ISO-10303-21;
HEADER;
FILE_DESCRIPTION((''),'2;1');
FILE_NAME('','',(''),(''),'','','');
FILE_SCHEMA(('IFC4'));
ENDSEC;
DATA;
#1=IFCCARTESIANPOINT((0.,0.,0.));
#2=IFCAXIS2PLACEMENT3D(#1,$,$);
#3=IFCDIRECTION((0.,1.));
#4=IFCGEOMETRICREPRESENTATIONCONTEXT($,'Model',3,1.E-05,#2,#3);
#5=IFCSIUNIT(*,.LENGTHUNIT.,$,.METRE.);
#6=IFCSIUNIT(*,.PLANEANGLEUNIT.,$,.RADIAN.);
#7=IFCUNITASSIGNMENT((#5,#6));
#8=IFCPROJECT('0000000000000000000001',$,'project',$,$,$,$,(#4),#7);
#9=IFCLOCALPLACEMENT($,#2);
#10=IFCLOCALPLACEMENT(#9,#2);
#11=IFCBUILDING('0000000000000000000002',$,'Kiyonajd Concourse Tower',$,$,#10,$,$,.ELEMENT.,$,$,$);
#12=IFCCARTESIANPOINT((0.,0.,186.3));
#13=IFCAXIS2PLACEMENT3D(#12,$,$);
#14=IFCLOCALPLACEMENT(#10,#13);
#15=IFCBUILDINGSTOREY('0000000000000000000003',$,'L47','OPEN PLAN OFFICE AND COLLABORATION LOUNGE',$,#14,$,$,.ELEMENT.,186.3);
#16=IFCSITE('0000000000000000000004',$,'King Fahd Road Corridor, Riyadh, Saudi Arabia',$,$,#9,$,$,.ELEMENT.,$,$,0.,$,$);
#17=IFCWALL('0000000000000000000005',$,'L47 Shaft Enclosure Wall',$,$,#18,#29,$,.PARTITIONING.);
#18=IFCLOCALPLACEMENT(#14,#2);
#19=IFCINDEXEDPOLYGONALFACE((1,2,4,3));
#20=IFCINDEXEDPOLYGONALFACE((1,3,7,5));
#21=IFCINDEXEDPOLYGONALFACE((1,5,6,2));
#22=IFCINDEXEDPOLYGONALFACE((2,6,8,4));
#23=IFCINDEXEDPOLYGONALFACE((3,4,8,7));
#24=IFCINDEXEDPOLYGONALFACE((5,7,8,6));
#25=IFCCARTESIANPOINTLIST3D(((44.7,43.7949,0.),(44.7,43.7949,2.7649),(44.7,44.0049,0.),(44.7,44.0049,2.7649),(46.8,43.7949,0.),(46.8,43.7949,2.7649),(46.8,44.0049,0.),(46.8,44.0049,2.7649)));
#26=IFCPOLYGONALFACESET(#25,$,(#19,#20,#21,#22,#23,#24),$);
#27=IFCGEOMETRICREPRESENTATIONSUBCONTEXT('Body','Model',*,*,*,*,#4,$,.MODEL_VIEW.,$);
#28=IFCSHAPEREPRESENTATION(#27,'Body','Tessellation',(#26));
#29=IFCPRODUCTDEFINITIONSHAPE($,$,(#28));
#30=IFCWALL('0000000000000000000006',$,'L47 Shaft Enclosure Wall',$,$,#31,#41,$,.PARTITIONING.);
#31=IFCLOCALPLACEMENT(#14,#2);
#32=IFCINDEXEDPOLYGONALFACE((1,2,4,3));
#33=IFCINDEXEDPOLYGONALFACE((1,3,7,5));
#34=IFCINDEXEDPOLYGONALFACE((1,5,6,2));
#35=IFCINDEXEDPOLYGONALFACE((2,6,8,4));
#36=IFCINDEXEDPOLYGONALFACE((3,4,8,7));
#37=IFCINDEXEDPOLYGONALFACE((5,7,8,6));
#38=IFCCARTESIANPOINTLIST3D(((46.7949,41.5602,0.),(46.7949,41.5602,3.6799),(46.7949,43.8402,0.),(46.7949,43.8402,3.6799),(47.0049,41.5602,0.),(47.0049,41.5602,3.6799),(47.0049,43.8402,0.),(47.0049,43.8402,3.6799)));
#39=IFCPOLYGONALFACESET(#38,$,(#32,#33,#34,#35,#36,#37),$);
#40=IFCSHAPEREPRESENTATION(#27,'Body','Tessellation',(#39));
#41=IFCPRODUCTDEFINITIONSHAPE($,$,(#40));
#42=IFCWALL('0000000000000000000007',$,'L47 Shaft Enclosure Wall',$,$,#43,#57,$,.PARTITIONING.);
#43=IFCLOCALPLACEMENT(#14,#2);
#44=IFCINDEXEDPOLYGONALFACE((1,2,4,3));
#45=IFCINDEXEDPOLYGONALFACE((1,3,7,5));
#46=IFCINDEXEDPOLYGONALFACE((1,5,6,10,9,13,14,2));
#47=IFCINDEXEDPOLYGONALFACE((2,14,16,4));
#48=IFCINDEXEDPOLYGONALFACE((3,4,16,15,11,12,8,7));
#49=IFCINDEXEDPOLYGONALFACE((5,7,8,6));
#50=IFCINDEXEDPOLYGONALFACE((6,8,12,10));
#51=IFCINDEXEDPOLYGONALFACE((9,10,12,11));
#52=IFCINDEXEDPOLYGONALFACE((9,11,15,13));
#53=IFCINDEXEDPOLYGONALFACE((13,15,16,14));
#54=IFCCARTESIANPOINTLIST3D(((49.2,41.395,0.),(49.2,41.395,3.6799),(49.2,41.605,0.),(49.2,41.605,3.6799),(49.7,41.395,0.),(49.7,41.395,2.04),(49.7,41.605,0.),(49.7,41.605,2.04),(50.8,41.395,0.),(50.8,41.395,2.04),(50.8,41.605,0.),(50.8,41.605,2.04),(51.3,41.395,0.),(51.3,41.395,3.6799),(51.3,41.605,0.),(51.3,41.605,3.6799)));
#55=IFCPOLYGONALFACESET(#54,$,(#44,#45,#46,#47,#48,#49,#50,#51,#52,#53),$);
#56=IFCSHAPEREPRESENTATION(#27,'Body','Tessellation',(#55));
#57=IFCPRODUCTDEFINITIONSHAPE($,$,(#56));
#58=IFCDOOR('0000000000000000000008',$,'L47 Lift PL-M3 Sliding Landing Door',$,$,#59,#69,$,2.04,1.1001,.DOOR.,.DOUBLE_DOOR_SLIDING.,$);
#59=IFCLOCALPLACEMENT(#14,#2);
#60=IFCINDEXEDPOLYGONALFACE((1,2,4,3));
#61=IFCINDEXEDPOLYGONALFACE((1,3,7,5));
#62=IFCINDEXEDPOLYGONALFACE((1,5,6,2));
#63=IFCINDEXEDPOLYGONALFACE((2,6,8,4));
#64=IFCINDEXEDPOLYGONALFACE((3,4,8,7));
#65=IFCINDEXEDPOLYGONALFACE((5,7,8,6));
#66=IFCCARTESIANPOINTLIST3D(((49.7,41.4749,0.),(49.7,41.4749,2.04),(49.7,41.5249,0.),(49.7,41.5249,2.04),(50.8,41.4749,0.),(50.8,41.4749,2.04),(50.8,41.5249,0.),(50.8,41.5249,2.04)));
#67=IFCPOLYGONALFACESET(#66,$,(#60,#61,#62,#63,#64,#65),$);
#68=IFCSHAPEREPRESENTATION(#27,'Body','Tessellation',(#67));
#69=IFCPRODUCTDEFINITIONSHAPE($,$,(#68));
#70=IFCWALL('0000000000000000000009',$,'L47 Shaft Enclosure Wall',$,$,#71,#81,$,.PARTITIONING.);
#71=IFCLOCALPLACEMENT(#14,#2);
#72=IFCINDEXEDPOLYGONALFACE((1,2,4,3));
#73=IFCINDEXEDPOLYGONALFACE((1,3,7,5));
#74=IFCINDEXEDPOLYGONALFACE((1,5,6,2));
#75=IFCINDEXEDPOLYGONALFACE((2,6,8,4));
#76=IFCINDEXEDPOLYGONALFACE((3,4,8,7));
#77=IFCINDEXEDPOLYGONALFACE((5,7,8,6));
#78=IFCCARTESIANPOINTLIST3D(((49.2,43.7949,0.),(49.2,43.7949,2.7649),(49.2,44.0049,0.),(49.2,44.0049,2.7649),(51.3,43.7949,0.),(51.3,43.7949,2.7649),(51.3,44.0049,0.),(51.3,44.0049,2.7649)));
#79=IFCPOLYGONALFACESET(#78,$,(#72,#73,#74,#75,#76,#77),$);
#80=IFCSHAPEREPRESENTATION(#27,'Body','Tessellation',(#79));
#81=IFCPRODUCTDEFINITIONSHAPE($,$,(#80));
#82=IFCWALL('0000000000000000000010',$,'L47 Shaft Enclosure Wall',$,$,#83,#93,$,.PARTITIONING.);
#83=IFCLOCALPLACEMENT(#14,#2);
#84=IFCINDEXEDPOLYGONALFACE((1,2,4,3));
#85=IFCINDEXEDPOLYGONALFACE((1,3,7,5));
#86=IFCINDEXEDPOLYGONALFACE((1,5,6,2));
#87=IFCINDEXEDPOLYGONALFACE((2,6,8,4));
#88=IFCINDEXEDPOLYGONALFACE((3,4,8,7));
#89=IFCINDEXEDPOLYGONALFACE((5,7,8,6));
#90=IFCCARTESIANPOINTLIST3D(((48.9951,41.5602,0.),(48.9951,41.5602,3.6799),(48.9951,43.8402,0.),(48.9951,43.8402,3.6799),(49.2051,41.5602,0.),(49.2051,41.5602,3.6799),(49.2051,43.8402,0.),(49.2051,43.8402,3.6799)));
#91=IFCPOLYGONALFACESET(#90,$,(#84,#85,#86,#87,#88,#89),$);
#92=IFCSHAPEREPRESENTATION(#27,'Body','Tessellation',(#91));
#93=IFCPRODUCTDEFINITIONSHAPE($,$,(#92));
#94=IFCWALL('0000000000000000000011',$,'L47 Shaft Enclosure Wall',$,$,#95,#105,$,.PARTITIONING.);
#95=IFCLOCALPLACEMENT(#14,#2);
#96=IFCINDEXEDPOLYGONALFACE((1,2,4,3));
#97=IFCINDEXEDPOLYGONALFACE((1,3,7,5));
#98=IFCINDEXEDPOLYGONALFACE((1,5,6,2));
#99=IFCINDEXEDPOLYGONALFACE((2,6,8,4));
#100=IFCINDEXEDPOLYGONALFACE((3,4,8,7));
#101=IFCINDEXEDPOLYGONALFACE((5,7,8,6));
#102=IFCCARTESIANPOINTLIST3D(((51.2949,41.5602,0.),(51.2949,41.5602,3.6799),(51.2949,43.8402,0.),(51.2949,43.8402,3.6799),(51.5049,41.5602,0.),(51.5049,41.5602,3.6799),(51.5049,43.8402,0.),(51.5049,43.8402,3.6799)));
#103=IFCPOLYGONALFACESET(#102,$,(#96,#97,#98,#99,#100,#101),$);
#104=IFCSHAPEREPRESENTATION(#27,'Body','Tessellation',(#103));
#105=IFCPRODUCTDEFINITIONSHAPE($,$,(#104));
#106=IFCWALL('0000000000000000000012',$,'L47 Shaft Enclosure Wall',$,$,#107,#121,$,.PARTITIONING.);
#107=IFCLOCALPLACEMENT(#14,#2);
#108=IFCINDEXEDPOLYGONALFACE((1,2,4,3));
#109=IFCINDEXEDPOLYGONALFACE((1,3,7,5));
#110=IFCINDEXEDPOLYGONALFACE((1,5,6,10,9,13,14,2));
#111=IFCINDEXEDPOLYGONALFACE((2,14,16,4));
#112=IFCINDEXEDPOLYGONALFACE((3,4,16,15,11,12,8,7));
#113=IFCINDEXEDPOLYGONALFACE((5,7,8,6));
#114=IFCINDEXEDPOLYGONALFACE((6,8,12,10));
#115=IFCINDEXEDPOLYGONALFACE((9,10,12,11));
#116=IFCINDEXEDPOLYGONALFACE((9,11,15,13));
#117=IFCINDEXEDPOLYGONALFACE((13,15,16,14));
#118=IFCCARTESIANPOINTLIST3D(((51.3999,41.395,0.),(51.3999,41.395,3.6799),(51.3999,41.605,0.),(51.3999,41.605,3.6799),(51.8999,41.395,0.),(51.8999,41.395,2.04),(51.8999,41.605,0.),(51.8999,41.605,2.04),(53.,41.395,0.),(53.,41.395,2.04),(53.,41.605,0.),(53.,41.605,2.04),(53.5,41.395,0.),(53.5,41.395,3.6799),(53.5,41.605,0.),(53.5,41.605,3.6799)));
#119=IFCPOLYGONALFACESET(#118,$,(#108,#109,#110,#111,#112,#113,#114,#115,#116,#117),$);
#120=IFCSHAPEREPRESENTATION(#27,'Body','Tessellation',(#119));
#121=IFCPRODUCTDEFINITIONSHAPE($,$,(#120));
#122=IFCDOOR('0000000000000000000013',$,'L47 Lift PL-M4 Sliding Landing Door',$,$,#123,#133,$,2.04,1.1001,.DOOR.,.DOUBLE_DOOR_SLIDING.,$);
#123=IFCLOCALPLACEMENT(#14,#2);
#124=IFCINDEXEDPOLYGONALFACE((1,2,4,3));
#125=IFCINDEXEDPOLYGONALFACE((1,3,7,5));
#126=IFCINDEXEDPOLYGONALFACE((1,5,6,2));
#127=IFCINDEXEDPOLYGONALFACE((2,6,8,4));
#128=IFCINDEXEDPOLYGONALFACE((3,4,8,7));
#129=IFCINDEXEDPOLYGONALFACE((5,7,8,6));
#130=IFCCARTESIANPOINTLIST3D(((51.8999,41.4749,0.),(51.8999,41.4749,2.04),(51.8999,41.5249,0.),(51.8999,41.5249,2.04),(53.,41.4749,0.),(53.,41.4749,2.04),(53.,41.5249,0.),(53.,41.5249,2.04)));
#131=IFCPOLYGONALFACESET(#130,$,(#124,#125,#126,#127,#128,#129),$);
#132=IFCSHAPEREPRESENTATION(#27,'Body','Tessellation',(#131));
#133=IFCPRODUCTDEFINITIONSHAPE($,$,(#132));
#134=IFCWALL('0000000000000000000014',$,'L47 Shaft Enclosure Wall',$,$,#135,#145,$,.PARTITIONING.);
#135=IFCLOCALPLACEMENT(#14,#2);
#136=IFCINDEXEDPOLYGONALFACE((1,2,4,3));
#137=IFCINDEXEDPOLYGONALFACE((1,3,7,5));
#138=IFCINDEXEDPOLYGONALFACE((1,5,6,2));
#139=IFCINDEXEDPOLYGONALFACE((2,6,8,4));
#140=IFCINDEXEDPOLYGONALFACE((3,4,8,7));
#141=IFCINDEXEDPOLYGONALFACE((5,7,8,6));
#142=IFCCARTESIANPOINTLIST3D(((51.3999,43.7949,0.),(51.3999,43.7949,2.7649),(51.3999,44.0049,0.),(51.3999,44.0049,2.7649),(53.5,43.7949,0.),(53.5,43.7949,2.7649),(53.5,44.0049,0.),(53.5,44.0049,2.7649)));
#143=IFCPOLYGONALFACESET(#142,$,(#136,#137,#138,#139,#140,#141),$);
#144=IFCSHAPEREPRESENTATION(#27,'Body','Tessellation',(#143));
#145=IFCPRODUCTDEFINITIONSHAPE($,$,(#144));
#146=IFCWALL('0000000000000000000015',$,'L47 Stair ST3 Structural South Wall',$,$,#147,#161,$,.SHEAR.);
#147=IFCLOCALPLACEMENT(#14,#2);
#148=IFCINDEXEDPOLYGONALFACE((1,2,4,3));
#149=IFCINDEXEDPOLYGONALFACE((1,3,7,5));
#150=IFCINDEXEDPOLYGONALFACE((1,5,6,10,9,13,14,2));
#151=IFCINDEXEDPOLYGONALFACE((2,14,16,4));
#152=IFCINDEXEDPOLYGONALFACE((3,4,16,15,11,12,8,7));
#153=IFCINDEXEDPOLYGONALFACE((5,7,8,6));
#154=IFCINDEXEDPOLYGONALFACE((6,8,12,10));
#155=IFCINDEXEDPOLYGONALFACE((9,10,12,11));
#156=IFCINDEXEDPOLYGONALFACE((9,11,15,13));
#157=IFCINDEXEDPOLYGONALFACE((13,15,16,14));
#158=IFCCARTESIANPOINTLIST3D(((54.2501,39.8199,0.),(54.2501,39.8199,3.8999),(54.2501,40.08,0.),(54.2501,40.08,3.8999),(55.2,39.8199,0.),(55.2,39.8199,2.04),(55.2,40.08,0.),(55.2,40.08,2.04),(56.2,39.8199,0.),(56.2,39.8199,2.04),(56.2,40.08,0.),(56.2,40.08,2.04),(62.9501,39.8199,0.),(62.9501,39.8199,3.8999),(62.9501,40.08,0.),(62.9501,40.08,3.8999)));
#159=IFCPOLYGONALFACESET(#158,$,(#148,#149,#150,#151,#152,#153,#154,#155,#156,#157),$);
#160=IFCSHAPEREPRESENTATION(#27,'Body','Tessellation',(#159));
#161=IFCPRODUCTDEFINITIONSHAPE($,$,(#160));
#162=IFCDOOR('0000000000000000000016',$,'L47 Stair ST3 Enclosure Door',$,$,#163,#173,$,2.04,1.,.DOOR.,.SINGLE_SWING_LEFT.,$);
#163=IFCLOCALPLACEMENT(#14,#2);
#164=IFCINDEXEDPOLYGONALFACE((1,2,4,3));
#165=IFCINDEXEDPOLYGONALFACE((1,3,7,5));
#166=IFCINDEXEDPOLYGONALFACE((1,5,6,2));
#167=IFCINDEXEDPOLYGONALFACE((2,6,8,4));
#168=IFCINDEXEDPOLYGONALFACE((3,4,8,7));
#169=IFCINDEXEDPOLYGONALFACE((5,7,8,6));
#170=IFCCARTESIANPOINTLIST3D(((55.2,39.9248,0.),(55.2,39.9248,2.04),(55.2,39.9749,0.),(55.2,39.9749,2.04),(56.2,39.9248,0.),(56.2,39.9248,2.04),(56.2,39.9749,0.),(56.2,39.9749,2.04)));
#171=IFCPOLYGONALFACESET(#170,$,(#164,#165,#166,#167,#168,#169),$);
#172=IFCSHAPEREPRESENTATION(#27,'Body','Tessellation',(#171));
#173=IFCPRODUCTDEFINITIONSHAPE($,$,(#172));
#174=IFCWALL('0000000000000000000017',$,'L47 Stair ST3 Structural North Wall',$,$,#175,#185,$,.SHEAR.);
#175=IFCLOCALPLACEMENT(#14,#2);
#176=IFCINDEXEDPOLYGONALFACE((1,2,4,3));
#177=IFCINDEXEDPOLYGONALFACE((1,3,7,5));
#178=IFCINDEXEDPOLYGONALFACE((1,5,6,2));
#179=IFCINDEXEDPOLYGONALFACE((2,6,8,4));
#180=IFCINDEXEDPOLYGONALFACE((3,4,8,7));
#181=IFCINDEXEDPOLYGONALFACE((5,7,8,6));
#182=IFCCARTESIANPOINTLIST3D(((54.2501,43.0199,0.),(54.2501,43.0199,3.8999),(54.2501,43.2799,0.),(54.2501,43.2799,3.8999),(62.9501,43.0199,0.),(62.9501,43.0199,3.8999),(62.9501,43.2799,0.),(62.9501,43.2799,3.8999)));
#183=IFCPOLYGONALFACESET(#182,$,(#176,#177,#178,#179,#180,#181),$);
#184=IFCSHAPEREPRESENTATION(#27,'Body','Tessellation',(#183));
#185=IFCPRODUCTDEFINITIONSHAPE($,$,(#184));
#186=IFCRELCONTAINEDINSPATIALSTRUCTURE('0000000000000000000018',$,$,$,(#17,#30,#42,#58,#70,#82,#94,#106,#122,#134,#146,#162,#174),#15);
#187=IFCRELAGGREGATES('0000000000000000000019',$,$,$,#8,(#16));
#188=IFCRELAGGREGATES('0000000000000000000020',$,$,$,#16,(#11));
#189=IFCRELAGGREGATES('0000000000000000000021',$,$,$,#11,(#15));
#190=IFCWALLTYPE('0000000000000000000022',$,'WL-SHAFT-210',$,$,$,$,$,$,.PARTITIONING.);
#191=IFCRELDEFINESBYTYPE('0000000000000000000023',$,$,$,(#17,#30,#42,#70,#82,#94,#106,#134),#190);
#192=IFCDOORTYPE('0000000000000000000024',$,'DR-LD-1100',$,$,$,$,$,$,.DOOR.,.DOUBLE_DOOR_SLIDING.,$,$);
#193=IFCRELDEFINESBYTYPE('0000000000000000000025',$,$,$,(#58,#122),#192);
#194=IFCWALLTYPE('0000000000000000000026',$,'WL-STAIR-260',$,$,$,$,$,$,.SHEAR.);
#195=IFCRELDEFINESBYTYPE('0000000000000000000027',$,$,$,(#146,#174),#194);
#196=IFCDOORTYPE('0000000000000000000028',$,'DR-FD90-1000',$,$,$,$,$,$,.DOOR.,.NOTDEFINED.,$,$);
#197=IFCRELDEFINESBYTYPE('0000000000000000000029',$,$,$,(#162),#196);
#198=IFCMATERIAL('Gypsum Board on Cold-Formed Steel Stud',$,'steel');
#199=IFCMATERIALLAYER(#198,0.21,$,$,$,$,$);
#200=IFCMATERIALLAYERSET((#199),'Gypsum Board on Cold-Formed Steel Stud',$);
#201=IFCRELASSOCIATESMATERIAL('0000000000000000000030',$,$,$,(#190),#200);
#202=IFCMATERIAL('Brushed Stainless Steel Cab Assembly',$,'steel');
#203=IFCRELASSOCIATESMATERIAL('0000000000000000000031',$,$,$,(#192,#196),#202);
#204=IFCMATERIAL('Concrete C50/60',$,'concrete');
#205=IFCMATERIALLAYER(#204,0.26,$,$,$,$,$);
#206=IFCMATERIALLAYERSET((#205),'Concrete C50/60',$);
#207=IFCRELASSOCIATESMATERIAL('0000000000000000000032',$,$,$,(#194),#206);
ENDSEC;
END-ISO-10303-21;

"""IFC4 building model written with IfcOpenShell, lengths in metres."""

from ifc_helpers import new_model, si_unit, direction, frame, frame_2d, origin, place, context, subcontext, project, spatial, rectangle, extrude, material, layer, layer_set, type_object, element, fill, save


model = new_model("IFC4")

# Units and contexts
model_context = context("Model", 3, precision=1e-05, world=origin(), true_north=direction((0.0, 1.0)))
body_context = subcontext(model_context, "Body", "Model", "MODEL_VIEW")
ifc_project = project(units=[si_unit("LENGTHUNIT", "METRE"), si_unit("PLANEANGLEUNIT", "RADIAN")], contexts=[model_context])

# Site, building, storey
site_placement = place(None, origin())
site = spatial("IfcSite", under=ifc_project, at=site_placement, Name="King Fahd Road Corridor, Riyadh, Saudi Arabia", CompositionType="ELEMENT", RefElevation=0.0)
building_placement = place(site_placement, origin())
building = spatial("IfcBuilding", under=site, at=building_placement, Name="Kiyonajd Concourse Tower", CompositionType="ELEMENT")
storey_placement = place(building_placement, frame((0.0, 0.0, 186.3)))
storey = spatial("IfcBuildingStorey", under=building, at=storey_placement, Name="L47", Description="OPEN PLAN OFFICE AND COLLABORATION LOUNGE", CompositionType="ELEMENT", Elevation=186.3)

# Shared definitions
ifc_material_1 = material(Name="Concrete C50/60", Category="concrete")

# Shared definitions
ifc_material_2 = material(Name="Gypsum Board on Cold-Formed Steel Stud", Category="steel")
ifc_layer_1 = layer(ifc_material_2, 0.21)
ifc_layer_set_1 = layer_set([ifc_layer_1], Name="Gypsum Board on Cold-Formed Steel Stud")
wall_type_1 = type_object("IfcWallType", Name="WL-SHAFT-210", PredefinedType="PARTITIONING", material=ifc_layer_set_1)

# Shared definitions
ifc_material_3 = material(Name="Brushed Stainless Steel Cab Assembly", Category="steel")
door_type_1 = type_object("IfcDoorType", Name="DR-LD-1100", OperationType="DOUBLE_DOOR_SLIDING", PredefinedType="DOOR", material=ifc_material_3)

# Walls
wall_1_placement = place(storey_placement, frame((44.7, 43.8999, 0.0), z_axis=(0.0, 0.0, 1.0), x_axis=(1.0, 0.0, 0.0)))
element("IfcWall", 1, at=wall_1_placement, inside=storey, type_object=wall_type_1, Name="L47 Shaft Enclosure Wall", PredefinedType="PARTITIONING", context=body_context, shape_type="SweptSolid", body=[
    extrude(rectangle(XDim=2.1001, YDim=0.21, at=frame_2d((1.05, 0.0))), origin(), (0.0, 0.0, 1.0), 2.7649),
])
wall_2_placement = place(storey_placement, frame((46.8999, 41.5601, 0.0), z_axis=(0.0, 0.0, 1.0), x_axis=(0.0, 1.0, 0.0)))
element("IfcWall", 2, at=wall_2_placement, inside=storey, type_object=wall_type_1, Name="L47 Shaft Enclosure Wall", PredefinedType="PARTITIONING", context=body_context, shape_type="SweptSolid", body=[
    extrude(rectangle(XDim=2.28, YDim=0.21, at=frame_2d((1.1401, 0.0))), origin(), (0.0, 0.0, 1.0), 3.6799),
])

# Wall, opening, door
wall_3_placement = place(storey_placement, frame((49.2, 41.5, 0.0), z_axis=(0.0, 0.0, 1.0), x_axis=(1.0, 0.0, 0.0)))
wall_3 = element("IfcWall", 3, at=wall_3_placement, inside=storey, type_object=wall_type_1, Name="L47 Shaft Enclosure Wall", PredefinedType="PARTITIONING", context=body_context, shape_type="SweptSolid", body=[
    extrude(rectangle(XDim=2.1001, YDim=0.21, at=frame_2d((1.05, 0.0))), origin(), (0.0, 0.0, 1.0), 3.6799),
])
opening_1_placement = place(wall_3_placement, frame((0.5, 0.0, 0.0)))
opening_1 = element("IfcOpeningElement", 4, at=opening_1_placement, cuts=wall_3, PredefinedType="OPENING", context=body_context, shape_type="SweptSolid", body=[
    extrude(rectangle(XDim=1.1001, YDim=2.04, at=frame_2d((0.55, 1.02))), frame((0.0, 0.115, 0.0), z_axis=(0.0, -1.0, 0.0), x_axis=(1.0, 0.0, 0.0)), (0.0, 0.0, 1.0), 0.23),
])
door_1_placement = place(opening_1_placement, origin())
door_1 = element("IfcDoor", 5, at=door_1_placement, inside=storey, type_object=door_type_1, Name="L47 Lift PL-M3 Sliding Landing Door", OperationType="DOUBLE_DOOR_SLIDING", OverallHeight=2.04, OverallWidth=1.1001, PredefinedType="DOOR", context=body_context, shape_type="SweptSolid", body=[
    extrude(rectangle(XDim=1.1001, YDim=2.04, at=frame_2d((0.55, 1.02))), frame((0.0, 0.0249, 0.0), z_axis=(0.0, -1.0, 0.0), x_axis=(1.0, 0.0, 0.0)), (0.0, 0.0, 1.0), 0.05),
])
fill(opening_1, door_1)

# Walls
wall_4_placement = place(storey_placement, frame((49.2, 43.8999, 0.0), z_axis=(0.0, 0.0, 1.0), x_axis=(1.0, 0.0, 0.0)))
element("IfcWall", 6, at=wall_4_placement, inside=storey, type_object=wall_type_1, Name="L47 Shaft Enclosure Wall", PredefinedType="PARTITIONING", context=body_context, shape_type="SweptSolid", body=[
    extrude(rectangle(XDim=2.1001, YDim=0.21, at=frame_2d((1.05, 0.0))), origin(), (0.0, 0.0, 1.0), 2.7649),
])
for number, where, z_axis, x_axis, name in (
    (7, (49.1001, 41.5601, 0.0), (0.0, 0.0, 1.0), (0.0, 1.0, 0.0), "L47 Shaft Enclosure Wall"),
    (8, (51.3999, 41.5601, 0.0), (0.0, 0.0, 1.0), (0.0, 1.0, 0.0), "L47 Shaft Enclosure Wall"),
):
    element("IfcWall", number, at=place(storey_placement, frame(where, z_axis=z_axis, x_axis=x_axis)), inside=storey, type_object=wall_type_1, Name=name, PredefinedType="PARTITIONING", context=body_context, shape_type="SweptSolid", body=[
        extrude(rectangle(XDim=2.28, YDim=0.21, at=frame_2d((1.1401, 0.0))), origin(), (0.0, 0.0, 1.0), 3.6799),
    ])

# Wall, opening, door
wall_5_placement = place(storey_placement, frame((51.3999, 41.5, 0.0), z_axis=(0.0, 0.0, 1.0), x_axis=(1.0, 0.0, 0.0)))
wall_5 = element("IfcWall", 9, at=wall_5_placement, inside=storey, type_object=wall_type_1, Name="L47 Shaft Enclosure Wall", PredefinedType="PARTITIONING", context=body_context, shape_type="SweptSolid", body=[
    extrude(rectangle(XDim=2.1001, YDim=0.21, at=frame_2d((1.05, 0.0))), origin(), (0.0, 0.0, 1.0), 3.6799),
])
opening_2_placement = place(wall_5_placement, frame((0.5, 0.0, 0.0)))
opening_2 = element("IfcOpeningElement", 10, at=opening_2_placement, cuts=wall_5, PredefinedType="OPENING", context=body_context, shape_type="SweptSolid", body=[
    extrude(rectangle(XDim=1.1001, YDim=2.04, at=frame_2d((0.55, 1.02))), frame((0.0, 0.115, 0.0), z_axis=(0.0, -1.0, 0.0), x_axis=(1.0, 0.0, 0.0)), (0.0, 0.0, 1.0), 0.23),
])
door_2_placement = place(opening_2_placement, origin())
door_2 = element("IfcDoor", 11, at=door_2_placement, inside=storey, type_object=door_type_1, Name="L47 Lift PL-M4 Sliding Landing Door", OperationType="DOUBLE_DOOR_SLIDING", OverallHeight=2.04, OverallWidth=1.1001, PredefinedType="DOOR", context=body_context, shape_type="SweptSolid", body=[
    extrude(rectangle(XDim=1.1001, YDim=2.04, at=frame_2d((0.55, 1.02))), frame((0.0, 0.0249, 0.0), z_axis=(0.0, -1.0, 0.0), x_axis=(1.0, 0.0, 0.0)), (0.0, 0.0, 1.0), 0.05),
])
fill(opening_2, door_2)

# Wall
wall_6_placement = place(storey_placement, frame((51.3999, 43.8999, 0.0), z_axis=(0.0, 0.0, 1.0), x_axis=(1.0, 0.0, 0.0)))
element("IfcWall", 12, at=wall_6_placement, inside=storey, type_object=wall_type_1, Name="L47 Shaft Enclosure Wall", PredefinedType="PARTITIONING", context=body_context, shape_type="SweptSolid", body=[
    extrude(rectangle(XDim=2.1001, YDim=0.21, at=frame_2d((1.05, 0.0))), origin(), (0.0, 0.0, 1.0), 2.7649),
])

# Wall, opening, door
ifc_layer_2 = layer(ifc_material_1, 0.26)
ifc_layer_set_2 = layer_set([ifc_layer_2], Name="Concrete C50/60")
wall_type_2 = type_object("IfcWallType", Name="WL-STAIR-260", PredefinedType="SHEAR", material=ifc_layer_set_2)
wall_7_placement = place(storey_placement, frame((54.25, 39.95, 0.0), z_axis=(0.0, 0.0, 1.0), x_axis=(1.0, 0.0, 0.0)))
wall_7 = element("IfcWall", 13, at=wall_7_placement, inside=storey, type_object=wall_type_2, Name="L47 Stair ST3 Structural South Wall", PredefinedType="SHEAR", context=body_context, shape_type="SweptSolid", body=[
    extrude(rectangle(XDim=8.7, YDim=0.26, at=frame_2d((4.3501, 0.0))), origin(), (0.0, 0.0, 1.0), 3.8999),
])
opening_3_placement = place(wall_7_placement, frame((0.95, 0.0, 0.0)))
opening_3 = element("IfcOpeningElement", 14, at=opening_3_placement, cuts=wall_7, PredefinedType="OPENING", context=body_context, shape_type="SweptSolid", body=[
    extrude(rectangle(XDim=1.0, YDim=2.04, at=frame_2d((0.5, 1.02))), frame((0.0, 0.1399, 0.0), z_axis=(0.0, -1.0, 0.0), x_axis=(1.0, 0.0, 0.0)), (0.0, 0.0, 1.0), 0.28),
])
door_type_2 = type_object("IfcDoorType", Name="DR-FD90-1000", OperationType="NOTDEFINED", PredefinedType="DOOR", material=ifc_material_3)
door_3_placement = place(opening_3_placement, origin())
door_3 = element("IfcDoor", 15, at=door_3_placement, inside=storey, type_object=door_type_2, Name="L47 Stair ST3 Enclosure Door", OperationType="SINGLE_SWING_LEFT", OverallHeight=2.04, OverallWidth=1.0, PredefinedType="DOOR", context=body_context, shape_type="SweptSolid", body=[
    extrude(rectangle(XDim=1.0, YDim=2.04, at=frame_2d((0.5, 1.02))), frame((0.0, 0.0249, 0.0), z_axis=(0.0, -1.0, 0.0), x_axis=(1.0, 0.0, 0.0)), (0.0, 0.0, 1.0), 0.05),
])
fill(opening_3, door_3)

# Wall
wall_8_placement = place(storey_placement, frame((54.25, 43.1499, 0.0), z_axis=(0.0, 0.0, 1.0), x_axis=(1.0, 0.0, 0.0)))
element("IfcWall", 16, at=wall_8_placement, inside=storey, type_object=wall_type_2, Name="L47 Stair ST3 Structural North Wall", PredefinedType="SHEAR", context=body_context, shape_type="SweptSolid", body=[
    extrude(rectangle(XDim=8.7, YDim=0.26, at=frame_2d((4.3501, 0.0))), origin(), (0.0, 0.0, 1.0), 3.8999),
])

save(model, "model.ifc")
